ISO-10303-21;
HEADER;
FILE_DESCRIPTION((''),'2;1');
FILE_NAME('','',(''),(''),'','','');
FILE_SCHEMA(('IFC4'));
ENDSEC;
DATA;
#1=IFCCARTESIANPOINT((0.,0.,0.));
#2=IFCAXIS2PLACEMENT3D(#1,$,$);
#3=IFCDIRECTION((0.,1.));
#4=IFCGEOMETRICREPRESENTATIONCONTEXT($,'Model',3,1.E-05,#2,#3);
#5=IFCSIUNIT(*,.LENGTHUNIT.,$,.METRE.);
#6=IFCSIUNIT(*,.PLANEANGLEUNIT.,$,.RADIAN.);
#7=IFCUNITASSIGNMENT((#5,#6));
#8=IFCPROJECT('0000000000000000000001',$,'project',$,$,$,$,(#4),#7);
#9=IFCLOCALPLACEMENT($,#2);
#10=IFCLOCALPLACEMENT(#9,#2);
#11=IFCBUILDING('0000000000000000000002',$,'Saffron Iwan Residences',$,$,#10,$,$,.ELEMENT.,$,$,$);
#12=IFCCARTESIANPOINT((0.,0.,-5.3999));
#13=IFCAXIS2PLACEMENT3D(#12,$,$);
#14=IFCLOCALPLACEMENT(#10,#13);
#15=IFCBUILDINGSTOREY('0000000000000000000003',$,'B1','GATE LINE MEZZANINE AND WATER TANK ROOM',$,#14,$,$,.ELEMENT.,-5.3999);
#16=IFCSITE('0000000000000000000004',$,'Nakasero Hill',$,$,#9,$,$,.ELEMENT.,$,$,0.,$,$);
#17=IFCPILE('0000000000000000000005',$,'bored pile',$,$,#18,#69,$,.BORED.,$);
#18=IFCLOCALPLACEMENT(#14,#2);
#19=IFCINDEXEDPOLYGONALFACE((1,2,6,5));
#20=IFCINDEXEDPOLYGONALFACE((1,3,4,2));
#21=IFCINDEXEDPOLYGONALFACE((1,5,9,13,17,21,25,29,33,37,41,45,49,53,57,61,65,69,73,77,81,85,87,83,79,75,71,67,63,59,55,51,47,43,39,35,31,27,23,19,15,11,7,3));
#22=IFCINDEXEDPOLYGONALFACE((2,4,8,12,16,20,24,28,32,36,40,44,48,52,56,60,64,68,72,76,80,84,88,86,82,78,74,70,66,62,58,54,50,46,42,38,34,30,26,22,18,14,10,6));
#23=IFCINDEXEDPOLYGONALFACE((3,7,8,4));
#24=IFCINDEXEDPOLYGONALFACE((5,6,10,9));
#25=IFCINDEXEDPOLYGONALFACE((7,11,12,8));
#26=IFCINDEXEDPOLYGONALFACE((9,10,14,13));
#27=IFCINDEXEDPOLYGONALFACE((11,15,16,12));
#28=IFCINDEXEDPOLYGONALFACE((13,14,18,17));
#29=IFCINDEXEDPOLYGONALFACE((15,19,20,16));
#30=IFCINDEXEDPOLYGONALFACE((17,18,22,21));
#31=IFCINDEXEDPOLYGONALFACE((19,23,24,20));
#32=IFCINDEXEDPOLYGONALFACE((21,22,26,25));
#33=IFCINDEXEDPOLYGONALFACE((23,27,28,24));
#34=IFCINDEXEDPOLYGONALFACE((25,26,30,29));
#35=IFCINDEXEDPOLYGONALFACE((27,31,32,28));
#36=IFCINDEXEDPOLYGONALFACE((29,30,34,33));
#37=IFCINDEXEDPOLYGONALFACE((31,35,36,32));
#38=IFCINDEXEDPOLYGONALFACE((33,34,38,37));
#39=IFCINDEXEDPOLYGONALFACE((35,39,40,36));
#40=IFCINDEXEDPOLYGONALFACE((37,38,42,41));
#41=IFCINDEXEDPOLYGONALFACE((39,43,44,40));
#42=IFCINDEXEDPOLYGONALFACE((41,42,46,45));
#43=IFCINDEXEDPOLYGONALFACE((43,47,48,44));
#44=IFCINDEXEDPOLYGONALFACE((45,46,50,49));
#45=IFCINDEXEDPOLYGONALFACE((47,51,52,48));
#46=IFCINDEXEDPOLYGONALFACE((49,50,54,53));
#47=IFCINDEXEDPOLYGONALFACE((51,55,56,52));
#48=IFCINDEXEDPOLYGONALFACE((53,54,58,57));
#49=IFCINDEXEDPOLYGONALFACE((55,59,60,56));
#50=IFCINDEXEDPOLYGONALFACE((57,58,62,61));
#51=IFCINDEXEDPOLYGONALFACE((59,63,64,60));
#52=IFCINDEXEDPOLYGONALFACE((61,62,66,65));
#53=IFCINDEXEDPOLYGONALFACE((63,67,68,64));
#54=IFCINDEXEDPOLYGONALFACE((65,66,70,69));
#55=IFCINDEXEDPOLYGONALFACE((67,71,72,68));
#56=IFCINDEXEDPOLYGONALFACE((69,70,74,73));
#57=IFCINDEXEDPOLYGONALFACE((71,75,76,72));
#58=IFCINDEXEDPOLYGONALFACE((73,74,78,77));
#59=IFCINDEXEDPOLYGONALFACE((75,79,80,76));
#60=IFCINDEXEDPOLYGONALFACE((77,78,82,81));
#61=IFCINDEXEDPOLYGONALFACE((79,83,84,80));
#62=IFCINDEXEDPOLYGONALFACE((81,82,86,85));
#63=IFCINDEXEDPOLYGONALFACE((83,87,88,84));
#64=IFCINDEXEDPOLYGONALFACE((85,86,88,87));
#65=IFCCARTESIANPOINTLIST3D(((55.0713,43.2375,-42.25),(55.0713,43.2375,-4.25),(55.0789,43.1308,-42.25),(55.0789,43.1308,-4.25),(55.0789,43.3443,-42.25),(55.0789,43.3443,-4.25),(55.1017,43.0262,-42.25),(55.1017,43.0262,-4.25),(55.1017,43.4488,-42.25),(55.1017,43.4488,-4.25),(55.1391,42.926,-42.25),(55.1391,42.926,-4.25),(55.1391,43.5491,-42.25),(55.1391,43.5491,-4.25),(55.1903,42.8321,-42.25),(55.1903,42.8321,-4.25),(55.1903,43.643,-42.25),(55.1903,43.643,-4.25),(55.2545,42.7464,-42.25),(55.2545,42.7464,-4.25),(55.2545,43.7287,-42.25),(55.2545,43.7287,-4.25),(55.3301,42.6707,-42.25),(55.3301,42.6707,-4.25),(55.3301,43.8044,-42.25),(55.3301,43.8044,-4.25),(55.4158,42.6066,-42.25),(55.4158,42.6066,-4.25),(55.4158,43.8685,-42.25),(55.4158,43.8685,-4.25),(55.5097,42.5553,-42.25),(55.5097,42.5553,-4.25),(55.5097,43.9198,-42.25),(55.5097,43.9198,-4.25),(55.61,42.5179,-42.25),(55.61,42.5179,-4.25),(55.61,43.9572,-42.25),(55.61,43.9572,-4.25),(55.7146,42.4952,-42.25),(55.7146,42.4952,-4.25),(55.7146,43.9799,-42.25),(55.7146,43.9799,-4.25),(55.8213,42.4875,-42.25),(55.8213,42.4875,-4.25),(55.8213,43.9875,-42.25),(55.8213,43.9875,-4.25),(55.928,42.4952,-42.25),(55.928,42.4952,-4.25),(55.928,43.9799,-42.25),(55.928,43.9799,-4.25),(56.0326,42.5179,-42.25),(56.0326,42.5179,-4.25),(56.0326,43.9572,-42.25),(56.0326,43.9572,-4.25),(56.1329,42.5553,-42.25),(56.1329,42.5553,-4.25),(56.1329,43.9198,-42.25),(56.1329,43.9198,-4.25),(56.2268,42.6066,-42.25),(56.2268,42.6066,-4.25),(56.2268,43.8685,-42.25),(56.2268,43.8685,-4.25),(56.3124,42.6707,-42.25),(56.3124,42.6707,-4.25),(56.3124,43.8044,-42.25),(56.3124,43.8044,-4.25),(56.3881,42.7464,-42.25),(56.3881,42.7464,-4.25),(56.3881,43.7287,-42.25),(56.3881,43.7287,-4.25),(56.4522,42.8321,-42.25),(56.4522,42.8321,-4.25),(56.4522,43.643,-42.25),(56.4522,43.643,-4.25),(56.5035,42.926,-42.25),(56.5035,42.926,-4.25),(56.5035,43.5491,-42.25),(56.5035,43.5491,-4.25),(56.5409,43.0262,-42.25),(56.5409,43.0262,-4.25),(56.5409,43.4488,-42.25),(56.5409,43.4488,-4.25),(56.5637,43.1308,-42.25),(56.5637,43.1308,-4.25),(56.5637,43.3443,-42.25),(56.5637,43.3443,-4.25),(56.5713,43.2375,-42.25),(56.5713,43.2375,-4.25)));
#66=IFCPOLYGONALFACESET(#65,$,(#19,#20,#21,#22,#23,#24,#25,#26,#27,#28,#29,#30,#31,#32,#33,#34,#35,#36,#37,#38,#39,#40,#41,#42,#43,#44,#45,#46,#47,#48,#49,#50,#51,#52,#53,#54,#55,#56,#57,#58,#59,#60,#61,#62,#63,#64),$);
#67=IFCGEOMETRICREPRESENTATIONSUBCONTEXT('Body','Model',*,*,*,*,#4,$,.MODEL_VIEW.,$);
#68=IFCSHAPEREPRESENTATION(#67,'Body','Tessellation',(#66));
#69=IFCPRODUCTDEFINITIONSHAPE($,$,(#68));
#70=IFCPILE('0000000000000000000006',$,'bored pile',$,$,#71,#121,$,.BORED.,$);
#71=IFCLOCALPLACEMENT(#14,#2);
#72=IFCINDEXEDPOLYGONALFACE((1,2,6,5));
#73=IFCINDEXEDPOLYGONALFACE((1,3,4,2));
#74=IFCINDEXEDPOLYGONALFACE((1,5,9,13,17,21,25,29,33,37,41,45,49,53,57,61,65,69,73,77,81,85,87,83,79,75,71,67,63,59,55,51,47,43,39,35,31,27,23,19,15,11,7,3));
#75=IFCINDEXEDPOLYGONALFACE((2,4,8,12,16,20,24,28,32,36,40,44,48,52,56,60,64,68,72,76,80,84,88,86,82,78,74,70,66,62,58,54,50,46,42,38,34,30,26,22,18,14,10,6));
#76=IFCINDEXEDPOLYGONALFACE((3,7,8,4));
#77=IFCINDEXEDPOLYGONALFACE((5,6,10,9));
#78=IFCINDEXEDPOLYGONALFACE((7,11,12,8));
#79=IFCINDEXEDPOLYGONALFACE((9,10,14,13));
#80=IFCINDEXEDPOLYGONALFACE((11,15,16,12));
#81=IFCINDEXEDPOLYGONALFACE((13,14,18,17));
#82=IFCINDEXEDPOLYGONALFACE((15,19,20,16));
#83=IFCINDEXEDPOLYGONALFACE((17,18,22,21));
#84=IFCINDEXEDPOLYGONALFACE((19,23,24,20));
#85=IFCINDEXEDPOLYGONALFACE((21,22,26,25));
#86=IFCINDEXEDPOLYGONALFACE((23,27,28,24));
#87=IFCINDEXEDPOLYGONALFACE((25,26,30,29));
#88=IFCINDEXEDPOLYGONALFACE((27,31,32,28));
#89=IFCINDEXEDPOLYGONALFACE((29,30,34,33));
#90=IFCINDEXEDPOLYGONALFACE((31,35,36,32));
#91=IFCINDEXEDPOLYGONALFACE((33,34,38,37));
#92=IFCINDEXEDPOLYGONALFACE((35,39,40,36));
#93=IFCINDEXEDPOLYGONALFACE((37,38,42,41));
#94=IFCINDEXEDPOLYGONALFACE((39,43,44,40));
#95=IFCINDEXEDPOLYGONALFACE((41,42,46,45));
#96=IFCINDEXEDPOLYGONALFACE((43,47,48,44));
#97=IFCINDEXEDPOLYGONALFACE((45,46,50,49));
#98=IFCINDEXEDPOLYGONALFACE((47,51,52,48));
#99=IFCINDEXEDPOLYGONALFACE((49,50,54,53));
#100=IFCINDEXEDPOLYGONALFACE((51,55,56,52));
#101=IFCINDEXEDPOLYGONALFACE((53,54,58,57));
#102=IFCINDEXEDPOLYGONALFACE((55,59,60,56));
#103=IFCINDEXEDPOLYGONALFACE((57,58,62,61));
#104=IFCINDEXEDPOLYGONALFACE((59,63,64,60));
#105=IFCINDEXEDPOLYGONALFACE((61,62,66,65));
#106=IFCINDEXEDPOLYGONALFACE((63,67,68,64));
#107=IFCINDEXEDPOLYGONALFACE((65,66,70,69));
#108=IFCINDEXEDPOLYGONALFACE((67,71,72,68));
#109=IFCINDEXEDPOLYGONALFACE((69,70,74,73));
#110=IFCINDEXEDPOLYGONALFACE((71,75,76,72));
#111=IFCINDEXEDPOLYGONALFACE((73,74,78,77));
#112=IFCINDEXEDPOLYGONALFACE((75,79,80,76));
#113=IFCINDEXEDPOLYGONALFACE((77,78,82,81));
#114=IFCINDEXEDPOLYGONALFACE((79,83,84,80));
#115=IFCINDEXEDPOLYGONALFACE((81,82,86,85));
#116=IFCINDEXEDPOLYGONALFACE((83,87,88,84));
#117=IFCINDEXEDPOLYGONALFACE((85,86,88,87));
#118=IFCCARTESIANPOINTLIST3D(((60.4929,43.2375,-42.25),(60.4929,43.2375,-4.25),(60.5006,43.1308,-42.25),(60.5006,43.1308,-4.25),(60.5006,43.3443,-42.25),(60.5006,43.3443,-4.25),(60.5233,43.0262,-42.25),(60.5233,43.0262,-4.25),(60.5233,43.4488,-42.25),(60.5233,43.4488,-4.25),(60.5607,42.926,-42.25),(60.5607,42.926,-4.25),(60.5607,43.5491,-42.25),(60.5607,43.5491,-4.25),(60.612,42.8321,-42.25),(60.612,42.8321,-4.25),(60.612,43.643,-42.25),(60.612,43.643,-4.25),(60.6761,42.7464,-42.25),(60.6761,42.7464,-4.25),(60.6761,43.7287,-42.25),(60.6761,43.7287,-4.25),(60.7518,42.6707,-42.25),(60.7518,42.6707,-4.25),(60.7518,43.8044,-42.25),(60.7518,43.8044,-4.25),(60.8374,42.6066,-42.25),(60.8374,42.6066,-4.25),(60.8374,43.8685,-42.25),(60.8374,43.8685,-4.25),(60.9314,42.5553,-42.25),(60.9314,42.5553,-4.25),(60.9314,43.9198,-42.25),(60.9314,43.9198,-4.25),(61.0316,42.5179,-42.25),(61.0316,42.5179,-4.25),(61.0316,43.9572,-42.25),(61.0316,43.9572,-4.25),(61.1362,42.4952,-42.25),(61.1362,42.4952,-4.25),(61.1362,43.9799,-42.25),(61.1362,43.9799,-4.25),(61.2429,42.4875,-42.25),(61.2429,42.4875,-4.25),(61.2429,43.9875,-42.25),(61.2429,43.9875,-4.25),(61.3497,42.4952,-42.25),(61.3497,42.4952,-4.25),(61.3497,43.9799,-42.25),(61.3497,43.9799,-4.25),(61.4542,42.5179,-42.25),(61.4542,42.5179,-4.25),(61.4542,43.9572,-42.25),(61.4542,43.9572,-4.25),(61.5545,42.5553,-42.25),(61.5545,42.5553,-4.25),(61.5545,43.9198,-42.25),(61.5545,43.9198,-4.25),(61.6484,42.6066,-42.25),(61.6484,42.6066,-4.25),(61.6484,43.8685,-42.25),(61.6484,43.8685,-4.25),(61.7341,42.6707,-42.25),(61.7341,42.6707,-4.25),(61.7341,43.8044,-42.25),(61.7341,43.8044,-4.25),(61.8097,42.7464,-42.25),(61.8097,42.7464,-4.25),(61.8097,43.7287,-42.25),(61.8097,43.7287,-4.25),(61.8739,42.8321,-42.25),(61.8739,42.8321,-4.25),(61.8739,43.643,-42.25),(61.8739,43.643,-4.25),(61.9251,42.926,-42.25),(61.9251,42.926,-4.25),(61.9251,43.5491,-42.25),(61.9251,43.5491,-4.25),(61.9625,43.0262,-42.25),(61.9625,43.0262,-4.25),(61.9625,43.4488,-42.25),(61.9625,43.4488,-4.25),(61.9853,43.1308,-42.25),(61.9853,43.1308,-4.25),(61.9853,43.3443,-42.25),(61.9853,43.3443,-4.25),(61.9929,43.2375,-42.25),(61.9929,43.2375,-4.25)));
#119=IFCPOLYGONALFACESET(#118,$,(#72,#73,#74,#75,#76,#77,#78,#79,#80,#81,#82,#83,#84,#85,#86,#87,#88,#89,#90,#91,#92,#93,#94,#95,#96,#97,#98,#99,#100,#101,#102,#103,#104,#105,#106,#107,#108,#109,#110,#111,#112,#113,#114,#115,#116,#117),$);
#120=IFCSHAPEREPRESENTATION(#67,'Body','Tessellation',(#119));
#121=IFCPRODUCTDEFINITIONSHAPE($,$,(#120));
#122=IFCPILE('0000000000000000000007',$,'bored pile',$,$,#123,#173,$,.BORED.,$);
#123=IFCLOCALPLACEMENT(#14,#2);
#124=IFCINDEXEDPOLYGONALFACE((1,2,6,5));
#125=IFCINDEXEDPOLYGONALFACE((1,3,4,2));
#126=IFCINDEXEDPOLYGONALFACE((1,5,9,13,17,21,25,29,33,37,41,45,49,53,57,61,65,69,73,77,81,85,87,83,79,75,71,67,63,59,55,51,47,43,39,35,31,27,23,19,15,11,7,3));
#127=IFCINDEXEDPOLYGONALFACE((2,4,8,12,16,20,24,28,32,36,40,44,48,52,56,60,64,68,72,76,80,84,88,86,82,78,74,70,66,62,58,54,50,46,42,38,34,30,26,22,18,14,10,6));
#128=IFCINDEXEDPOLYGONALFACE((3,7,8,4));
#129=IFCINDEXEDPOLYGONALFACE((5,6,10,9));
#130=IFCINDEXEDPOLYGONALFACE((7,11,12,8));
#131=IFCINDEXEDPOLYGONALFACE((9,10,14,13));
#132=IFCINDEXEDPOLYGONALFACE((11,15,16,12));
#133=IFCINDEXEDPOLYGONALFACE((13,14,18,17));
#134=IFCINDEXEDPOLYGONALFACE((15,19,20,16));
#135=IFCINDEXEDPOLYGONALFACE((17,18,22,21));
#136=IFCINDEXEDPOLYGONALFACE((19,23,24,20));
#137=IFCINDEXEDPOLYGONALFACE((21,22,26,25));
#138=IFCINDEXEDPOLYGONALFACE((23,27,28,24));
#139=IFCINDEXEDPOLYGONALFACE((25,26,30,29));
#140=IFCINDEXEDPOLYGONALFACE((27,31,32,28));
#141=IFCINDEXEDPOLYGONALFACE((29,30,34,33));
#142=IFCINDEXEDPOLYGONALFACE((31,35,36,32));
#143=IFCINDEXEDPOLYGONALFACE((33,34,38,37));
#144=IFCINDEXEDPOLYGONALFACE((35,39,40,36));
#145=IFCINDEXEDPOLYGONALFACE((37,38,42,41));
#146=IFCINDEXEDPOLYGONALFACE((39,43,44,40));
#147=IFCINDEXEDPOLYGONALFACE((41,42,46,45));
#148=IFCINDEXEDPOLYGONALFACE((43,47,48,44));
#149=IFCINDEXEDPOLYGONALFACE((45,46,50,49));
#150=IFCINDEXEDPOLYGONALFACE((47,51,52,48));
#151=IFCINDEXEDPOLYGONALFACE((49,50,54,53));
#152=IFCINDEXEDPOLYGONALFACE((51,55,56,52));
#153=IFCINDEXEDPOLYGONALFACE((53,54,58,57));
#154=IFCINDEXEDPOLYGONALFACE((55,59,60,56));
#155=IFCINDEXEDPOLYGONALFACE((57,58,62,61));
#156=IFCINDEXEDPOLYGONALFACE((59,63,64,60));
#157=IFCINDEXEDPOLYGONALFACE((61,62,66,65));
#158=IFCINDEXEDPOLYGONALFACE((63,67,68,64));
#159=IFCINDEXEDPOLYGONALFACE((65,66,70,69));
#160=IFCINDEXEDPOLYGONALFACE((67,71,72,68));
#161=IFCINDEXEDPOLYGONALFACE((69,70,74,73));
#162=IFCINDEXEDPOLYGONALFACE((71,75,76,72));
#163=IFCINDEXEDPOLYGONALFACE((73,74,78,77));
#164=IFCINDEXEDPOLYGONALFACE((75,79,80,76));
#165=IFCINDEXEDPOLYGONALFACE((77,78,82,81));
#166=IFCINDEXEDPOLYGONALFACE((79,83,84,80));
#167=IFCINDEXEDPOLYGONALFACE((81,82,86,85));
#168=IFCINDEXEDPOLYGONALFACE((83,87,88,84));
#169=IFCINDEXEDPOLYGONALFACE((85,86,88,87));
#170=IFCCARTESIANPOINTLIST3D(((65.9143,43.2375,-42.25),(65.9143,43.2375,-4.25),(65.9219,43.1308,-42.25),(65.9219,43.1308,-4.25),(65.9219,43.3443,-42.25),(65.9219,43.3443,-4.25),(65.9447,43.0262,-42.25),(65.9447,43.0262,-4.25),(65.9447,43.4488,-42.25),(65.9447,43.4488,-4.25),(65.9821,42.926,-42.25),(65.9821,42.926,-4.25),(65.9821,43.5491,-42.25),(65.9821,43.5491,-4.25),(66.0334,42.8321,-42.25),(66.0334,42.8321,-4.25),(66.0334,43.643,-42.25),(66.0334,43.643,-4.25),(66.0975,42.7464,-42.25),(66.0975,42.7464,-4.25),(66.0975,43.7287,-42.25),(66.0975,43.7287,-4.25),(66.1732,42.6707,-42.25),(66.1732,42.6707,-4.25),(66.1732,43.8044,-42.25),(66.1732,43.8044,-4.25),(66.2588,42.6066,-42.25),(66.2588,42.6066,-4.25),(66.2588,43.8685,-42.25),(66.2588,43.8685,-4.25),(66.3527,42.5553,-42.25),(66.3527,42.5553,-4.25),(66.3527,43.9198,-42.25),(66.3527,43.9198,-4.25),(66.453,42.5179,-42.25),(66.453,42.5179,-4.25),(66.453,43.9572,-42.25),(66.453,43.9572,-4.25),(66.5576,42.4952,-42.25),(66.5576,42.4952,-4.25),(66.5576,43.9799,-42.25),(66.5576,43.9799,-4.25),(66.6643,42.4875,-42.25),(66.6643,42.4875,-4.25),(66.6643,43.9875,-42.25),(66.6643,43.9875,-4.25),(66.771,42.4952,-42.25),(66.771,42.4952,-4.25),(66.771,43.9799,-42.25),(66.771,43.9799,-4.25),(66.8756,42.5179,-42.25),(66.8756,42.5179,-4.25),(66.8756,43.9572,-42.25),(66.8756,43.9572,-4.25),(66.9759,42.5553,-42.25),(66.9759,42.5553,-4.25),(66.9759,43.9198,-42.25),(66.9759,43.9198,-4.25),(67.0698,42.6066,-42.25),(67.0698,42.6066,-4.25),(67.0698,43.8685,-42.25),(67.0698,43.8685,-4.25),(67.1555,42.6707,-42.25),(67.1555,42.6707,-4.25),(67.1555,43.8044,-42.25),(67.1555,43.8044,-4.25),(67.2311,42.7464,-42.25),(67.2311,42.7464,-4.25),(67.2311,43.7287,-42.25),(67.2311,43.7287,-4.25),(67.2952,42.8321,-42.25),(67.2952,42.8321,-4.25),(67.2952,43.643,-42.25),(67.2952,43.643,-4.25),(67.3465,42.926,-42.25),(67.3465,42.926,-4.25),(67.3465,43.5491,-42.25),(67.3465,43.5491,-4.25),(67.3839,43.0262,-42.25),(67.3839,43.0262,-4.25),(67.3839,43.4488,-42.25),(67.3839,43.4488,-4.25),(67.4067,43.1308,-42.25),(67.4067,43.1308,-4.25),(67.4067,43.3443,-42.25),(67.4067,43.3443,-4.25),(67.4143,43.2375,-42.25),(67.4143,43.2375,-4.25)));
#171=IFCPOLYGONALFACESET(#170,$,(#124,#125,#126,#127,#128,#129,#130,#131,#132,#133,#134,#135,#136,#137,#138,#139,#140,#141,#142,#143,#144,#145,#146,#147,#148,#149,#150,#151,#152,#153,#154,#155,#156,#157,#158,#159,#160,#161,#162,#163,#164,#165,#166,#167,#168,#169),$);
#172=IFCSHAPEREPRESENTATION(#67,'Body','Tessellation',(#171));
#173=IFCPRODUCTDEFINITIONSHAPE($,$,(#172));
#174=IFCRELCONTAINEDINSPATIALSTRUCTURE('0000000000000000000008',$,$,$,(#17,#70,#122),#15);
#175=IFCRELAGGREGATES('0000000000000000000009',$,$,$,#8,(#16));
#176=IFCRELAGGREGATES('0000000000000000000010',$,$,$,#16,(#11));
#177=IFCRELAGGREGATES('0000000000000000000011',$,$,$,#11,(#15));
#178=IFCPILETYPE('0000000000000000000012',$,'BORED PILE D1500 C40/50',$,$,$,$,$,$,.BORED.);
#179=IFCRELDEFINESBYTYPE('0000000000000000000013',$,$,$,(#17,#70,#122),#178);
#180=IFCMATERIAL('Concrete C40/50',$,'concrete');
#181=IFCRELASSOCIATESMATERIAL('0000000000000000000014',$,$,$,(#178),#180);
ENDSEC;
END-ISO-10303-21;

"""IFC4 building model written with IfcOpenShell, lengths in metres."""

from ifc_helpers import new_model, si_unit, direction, frame, origin, origin_2d, place, context, subcontext, project, spatial, circle, extrude, material, material_profile, profile_set, type_object, element, save


model = new_model("IFC4")

# Units and contexts
model_context = context("Model", 3, precision=1e-05, world=origin(), true_north=direction((0.0, 1.0)))
body_context = subcontext(model_context, "Body", "Model", "MODEL_VIEW")
ifc_project = project(units=[si_unit("LENGTHUNIT", "METRE"), si_unit("PLANEANGLEUNIT", "RADIAN")], contexts=[model_context])

# Site, building, storey
site_placement = place(None, origin())
site = spatial("IfcSite", under=ifc_project, at=site_placement, Name="Nakasero Hill", CompositionType="ELEMENT", RefElevation=0.0)
building_placement = place(site_placement, origin())
building = spatial("IfcBuilding", under=site, at=building_placement, Name="Saffron Iwan Residences", CompositionType="ELEMENT")
storey_placement = place(building_placement, frame((0.0, 0.0, -5.3999)))
storey = spatial("IfcBuildingStorey", under=building, at=storey_placement, Name="B1", Description="GATE LINE MEZZANINE AND WATER TANK ROOM", CompositionType="ELEMENT", Elevation=-5.3999)

# Piles
ifc_material_1 = material(Name="Concrete C40/50", Category="concrete")
ifc_material_profile_1 = material_profile(ifc_material_1, circle(Radius=0.75, at=origin_2d()), Name="RC D1500")
ifc_profile_set_1 = profile_set([ifc_material_profile_1], Name="Concrete C40/50")
pile_type = type_object("IfcPileType", Name="BORED PILE D1500 C40/50", PredefinedType="BORED", material=ifc_profile_set_1)
for number, where, z_axis, x_axis, name in (
    (1, (55.8213, 43.2375, -4.25), (0.0, 0.0, -1.0), (1.0, 0.0, 0.0), "bored pile"),
    (2, (61.2429, 43.2375, -4.25), (0.0, 0.0, -1.0), (1.0, 0.0, 0.0), "bored pile"),
    (3, (66.6643, 43.2375, -4.25), (0.0, 0.0, -1.0), (1.0, 0.0, 0.0), "bored pile"),
):
    element("IfcPile", number, at=place(storey_placement, frame(where, z_axis=z_axis, x_axis=x_axis)), inside=storey, type_object=pile_type, Name=name, PredefinedType="BORED", context=body_context, shape_type="SweptSolid", body=[
        extrude(circle(Radius=0.75, at=origin_2d()), origin(), (0.0, 0.0, 1.0), 38.0),
    ])

save(model, "model.ifc")
